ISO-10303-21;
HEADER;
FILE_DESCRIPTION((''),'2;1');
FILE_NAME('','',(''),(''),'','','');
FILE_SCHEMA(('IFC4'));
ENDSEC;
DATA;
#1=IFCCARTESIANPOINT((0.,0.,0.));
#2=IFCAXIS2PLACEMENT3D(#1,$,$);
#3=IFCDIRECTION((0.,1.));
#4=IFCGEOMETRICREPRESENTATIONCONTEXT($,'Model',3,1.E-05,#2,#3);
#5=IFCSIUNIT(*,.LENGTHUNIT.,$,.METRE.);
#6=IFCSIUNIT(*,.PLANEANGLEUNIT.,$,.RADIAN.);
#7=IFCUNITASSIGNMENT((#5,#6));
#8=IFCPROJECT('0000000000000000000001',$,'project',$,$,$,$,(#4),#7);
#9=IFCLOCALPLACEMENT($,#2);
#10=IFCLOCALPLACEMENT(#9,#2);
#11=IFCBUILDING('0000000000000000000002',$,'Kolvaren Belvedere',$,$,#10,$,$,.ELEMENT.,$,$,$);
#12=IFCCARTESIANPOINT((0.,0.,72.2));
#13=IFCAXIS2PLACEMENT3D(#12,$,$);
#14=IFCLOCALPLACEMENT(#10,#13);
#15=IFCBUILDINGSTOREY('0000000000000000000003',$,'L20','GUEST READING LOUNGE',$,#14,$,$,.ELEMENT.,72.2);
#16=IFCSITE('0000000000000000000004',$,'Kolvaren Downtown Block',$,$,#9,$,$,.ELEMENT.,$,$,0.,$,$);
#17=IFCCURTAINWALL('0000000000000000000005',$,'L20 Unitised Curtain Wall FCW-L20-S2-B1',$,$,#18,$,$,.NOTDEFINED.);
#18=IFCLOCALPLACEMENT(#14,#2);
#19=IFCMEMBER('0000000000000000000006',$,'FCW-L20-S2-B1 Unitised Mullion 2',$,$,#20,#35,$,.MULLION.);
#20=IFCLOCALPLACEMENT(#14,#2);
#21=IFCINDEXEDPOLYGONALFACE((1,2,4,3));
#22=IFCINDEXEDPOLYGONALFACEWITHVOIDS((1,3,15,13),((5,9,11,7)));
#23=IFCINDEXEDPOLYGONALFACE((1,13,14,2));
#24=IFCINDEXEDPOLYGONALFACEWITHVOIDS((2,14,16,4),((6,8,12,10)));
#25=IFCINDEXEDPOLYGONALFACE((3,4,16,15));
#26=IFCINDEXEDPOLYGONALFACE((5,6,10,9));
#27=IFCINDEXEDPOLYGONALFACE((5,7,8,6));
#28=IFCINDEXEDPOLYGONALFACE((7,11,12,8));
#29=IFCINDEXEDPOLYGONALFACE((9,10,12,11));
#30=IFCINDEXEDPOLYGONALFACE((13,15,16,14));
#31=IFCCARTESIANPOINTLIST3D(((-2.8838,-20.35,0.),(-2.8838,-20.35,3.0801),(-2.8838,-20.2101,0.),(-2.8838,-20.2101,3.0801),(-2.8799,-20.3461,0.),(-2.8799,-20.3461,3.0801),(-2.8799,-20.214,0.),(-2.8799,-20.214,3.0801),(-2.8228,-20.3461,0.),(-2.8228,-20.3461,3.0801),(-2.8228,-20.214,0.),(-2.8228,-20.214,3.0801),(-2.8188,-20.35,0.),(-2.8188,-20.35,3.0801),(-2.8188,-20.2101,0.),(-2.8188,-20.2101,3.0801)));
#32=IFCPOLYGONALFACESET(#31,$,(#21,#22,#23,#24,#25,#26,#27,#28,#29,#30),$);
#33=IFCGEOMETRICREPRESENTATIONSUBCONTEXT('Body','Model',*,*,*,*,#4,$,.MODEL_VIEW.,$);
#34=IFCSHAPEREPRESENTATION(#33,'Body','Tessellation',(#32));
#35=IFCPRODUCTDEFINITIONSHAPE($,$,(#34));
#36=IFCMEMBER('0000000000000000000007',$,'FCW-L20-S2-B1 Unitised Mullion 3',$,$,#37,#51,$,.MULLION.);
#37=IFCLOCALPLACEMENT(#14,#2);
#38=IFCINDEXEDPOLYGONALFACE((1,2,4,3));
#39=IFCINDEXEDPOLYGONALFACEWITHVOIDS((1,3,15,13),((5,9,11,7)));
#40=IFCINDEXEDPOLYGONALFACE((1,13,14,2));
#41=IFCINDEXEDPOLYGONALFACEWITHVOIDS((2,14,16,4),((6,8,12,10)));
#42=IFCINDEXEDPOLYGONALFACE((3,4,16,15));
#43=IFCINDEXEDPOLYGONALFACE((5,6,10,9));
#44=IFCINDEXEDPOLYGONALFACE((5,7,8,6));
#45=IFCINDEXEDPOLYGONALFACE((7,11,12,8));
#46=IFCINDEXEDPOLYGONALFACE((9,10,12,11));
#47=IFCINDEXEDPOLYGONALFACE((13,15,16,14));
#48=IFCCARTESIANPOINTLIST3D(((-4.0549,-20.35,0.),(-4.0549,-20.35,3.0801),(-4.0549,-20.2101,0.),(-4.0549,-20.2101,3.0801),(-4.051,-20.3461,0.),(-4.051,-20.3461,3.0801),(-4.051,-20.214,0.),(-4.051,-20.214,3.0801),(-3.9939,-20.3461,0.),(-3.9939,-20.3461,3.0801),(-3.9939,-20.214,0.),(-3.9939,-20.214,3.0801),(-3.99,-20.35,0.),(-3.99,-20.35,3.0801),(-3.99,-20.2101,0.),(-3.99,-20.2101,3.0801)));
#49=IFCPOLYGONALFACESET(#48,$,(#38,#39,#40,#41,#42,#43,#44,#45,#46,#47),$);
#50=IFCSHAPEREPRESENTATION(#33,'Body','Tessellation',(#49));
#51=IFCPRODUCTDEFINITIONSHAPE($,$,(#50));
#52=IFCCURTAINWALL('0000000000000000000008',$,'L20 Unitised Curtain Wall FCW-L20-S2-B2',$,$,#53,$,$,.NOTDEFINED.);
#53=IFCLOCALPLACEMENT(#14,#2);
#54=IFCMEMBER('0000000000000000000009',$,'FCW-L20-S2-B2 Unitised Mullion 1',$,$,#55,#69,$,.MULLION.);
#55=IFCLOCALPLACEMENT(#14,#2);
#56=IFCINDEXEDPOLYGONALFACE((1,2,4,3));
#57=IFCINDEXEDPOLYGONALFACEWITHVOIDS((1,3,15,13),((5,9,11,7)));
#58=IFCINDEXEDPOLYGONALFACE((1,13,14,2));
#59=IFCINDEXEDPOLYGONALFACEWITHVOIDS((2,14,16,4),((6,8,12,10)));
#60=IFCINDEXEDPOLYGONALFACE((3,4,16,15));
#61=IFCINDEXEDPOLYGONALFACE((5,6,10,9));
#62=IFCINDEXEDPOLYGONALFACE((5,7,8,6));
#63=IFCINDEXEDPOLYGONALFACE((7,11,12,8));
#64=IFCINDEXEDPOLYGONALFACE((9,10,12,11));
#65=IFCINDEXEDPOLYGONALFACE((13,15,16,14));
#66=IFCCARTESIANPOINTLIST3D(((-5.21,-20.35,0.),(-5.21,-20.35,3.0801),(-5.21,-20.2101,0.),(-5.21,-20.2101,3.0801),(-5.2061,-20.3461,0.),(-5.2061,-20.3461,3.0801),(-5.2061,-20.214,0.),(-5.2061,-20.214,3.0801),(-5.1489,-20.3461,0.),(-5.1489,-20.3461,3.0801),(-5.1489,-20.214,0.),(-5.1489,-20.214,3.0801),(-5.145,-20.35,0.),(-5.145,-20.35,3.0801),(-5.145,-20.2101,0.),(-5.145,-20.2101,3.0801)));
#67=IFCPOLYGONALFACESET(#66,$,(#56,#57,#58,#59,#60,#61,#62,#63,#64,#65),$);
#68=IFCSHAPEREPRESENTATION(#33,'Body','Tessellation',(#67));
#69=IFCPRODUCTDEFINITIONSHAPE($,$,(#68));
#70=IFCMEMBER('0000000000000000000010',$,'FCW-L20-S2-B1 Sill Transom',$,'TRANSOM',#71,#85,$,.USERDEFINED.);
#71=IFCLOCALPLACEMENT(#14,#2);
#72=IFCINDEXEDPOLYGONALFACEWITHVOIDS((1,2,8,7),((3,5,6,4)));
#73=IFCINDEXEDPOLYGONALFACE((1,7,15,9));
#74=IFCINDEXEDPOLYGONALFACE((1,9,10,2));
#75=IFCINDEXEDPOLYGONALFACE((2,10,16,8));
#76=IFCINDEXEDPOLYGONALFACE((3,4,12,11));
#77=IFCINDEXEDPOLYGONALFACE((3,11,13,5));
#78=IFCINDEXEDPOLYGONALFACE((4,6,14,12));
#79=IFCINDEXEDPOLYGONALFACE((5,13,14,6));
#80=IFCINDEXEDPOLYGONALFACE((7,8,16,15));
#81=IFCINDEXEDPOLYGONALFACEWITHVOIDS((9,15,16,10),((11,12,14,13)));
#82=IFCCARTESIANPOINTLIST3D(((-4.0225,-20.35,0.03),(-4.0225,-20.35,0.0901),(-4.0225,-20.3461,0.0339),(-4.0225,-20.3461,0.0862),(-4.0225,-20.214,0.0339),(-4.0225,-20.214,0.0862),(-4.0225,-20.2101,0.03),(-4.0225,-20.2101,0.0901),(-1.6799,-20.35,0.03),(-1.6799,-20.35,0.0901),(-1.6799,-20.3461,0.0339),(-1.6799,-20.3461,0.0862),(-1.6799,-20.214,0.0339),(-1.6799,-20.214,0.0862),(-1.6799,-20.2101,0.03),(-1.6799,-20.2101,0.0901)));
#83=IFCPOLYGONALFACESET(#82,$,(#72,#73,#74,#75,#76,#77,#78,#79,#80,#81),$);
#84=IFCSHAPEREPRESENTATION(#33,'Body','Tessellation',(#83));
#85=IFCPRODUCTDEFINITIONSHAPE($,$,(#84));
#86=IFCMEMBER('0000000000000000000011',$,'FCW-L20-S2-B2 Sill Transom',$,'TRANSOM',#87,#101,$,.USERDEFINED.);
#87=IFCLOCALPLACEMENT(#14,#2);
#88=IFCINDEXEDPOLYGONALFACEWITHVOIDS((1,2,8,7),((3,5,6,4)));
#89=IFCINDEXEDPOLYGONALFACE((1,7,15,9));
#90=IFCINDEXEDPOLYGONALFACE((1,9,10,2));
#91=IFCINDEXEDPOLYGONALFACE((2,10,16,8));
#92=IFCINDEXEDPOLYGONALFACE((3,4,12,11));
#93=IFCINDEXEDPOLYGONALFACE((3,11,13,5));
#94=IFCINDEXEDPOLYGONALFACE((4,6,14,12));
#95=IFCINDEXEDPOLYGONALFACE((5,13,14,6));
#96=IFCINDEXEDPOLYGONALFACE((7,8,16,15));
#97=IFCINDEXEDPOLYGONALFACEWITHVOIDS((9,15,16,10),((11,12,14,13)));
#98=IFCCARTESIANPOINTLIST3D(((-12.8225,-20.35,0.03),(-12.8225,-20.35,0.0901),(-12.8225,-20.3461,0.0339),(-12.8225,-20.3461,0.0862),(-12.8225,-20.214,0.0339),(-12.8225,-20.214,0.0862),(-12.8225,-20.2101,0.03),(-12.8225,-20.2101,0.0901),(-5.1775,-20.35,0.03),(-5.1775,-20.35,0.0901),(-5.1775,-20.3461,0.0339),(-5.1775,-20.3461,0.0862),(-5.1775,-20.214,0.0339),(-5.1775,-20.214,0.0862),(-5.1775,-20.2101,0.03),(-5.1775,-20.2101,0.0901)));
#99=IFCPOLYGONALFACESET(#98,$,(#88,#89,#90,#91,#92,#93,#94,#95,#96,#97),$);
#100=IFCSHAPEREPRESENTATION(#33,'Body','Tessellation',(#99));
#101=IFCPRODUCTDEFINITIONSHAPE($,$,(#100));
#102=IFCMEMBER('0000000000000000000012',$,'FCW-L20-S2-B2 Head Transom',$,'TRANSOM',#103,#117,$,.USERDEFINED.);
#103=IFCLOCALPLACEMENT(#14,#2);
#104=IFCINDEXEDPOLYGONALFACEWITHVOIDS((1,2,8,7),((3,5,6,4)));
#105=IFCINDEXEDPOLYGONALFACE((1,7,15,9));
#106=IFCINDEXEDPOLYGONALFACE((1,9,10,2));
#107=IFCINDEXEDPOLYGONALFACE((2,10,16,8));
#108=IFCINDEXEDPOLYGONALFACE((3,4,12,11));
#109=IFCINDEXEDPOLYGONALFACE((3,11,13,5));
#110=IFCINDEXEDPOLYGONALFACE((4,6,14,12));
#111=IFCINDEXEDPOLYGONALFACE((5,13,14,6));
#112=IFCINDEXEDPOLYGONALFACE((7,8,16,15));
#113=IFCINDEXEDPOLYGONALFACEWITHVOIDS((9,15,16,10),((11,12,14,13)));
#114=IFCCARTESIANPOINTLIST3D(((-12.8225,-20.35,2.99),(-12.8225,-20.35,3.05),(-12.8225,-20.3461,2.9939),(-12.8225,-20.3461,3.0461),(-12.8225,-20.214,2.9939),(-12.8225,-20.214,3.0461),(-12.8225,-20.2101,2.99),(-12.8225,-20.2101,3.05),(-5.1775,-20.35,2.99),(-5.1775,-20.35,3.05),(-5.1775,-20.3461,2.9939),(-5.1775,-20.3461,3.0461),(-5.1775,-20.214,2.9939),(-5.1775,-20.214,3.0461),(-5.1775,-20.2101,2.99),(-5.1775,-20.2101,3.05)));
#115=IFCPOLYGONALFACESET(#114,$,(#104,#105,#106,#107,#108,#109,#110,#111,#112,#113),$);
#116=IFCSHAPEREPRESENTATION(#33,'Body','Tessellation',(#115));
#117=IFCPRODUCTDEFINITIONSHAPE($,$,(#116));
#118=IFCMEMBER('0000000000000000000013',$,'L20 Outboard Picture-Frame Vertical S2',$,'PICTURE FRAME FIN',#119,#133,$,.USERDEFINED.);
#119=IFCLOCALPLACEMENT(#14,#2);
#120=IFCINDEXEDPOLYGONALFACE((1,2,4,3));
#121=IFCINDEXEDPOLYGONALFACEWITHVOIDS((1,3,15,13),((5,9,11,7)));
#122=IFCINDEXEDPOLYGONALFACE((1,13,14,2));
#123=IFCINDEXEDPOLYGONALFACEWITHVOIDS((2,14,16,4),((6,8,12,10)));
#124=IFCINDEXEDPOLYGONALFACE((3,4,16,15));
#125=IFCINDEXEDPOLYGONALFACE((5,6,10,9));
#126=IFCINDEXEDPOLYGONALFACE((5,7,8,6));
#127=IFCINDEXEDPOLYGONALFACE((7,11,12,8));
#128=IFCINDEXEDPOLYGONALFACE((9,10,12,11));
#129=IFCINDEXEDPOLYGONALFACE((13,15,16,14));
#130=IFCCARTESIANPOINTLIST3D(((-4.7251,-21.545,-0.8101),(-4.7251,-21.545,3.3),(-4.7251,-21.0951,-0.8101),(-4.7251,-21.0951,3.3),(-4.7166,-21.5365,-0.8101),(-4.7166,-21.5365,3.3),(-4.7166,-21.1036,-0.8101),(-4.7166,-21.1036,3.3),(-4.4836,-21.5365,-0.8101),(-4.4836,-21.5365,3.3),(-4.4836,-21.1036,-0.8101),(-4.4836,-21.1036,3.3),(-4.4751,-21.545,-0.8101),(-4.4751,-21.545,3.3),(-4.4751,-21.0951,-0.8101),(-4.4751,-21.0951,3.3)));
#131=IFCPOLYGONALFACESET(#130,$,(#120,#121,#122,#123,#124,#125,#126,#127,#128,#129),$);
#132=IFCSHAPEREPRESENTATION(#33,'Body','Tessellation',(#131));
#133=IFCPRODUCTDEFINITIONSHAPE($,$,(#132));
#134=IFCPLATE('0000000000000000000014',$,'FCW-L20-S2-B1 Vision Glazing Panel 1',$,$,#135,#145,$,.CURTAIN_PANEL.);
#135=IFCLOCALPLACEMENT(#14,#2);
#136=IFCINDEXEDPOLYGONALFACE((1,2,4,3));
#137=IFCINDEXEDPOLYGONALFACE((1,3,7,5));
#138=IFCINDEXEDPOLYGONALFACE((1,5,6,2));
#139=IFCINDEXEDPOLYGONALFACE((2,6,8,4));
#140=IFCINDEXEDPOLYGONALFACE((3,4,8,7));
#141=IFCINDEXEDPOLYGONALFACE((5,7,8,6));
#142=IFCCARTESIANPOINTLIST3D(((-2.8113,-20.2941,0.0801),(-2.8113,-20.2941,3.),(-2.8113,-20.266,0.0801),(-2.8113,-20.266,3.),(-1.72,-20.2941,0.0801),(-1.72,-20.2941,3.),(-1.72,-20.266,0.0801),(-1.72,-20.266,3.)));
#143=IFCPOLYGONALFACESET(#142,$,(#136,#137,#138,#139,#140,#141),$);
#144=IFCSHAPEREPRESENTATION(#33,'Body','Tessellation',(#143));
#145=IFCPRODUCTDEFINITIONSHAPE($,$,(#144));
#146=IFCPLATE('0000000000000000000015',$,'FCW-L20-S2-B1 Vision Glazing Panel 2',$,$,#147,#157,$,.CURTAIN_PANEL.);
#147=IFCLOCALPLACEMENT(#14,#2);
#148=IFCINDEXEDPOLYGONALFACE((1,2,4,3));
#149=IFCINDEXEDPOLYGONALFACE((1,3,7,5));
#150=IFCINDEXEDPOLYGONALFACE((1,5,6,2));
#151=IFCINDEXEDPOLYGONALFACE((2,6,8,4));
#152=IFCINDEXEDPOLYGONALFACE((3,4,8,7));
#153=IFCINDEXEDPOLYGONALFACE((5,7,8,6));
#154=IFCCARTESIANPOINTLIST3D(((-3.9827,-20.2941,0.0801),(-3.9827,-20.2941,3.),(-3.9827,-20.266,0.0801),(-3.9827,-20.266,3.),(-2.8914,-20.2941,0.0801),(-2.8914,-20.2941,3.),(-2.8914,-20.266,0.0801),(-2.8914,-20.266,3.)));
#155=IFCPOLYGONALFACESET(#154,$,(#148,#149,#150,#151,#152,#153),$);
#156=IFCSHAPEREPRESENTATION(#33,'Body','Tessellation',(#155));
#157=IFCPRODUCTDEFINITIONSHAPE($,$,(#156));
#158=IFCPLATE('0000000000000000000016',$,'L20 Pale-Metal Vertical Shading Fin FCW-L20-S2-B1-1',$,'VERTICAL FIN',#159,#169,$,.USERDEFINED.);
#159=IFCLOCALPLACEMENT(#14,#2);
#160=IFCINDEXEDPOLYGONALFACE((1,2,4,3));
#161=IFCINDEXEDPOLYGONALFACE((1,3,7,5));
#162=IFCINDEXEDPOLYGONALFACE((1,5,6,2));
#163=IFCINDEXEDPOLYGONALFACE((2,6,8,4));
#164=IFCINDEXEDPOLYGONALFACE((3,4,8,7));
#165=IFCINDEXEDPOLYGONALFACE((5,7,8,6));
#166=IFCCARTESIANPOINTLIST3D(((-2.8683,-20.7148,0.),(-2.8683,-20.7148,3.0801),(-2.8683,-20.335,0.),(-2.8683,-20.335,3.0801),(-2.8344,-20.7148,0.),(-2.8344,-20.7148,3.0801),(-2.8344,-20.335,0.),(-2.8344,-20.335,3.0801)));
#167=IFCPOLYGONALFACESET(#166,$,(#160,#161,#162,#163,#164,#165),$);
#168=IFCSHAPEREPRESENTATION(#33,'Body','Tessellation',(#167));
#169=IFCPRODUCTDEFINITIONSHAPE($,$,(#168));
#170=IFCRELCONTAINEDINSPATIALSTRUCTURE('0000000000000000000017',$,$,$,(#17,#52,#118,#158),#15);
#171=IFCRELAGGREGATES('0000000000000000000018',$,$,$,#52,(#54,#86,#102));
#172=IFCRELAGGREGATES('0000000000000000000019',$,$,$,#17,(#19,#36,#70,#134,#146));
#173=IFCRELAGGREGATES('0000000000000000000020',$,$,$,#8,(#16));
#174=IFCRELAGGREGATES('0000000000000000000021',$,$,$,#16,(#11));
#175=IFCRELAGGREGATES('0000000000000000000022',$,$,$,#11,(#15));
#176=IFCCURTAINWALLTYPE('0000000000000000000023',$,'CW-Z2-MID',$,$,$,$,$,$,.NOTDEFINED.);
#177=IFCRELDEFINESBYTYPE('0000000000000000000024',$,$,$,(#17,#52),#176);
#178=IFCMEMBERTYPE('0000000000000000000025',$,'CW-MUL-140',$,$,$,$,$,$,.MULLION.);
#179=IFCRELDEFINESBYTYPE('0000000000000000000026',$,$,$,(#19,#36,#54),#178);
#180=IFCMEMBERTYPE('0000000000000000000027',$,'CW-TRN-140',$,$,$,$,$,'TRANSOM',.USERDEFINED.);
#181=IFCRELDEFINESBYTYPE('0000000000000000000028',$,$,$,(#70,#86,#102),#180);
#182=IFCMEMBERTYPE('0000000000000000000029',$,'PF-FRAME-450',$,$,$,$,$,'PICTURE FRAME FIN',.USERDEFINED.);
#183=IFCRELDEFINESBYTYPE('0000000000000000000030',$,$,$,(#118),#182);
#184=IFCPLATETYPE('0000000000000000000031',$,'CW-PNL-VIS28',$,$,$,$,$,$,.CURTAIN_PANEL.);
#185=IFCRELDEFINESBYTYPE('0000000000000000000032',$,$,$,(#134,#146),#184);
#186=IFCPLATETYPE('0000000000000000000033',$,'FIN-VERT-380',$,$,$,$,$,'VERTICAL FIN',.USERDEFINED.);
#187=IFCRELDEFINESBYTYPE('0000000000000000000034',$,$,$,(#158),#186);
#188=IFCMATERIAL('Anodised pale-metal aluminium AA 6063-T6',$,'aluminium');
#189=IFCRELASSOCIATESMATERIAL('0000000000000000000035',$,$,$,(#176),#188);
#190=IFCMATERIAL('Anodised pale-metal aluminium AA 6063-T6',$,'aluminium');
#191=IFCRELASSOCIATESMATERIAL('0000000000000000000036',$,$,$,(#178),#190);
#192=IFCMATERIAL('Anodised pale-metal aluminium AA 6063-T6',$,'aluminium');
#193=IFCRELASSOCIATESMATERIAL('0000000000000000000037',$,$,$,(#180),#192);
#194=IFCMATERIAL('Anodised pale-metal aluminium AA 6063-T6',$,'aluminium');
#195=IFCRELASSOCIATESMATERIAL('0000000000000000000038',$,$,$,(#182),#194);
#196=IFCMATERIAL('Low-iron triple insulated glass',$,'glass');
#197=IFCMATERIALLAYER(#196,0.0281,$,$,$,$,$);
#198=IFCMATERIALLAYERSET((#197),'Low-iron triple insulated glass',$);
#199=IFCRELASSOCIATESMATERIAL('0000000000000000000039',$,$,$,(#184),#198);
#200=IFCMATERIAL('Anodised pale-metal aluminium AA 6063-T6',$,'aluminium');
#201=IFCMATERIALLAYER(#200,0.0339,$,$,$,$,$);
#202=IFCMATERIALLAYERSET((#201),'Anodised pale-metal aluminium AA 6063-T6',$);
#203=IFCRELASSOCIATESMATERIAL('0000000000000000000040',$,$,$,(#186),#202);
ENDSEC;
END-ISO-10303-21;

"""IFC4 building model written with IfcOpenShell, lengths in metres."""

from ifc_helpers import new_model, si_unit, direction, frame, origin, origin_2d, place, context, subcontext, project, spatial, rectangle, hollow_rectangle, extrude, material, layer, layer_set, material_profile, profile_set, type_object, element, aggregate, save


model = new_model("IFC4")

# Units and contexts
model_context = context("Model", 3, precision=1e-05, world=origin(), true_north=direction((0.0, 1.0)))
body_context = subcontext(model_context, "Body", "Model", "MODEL_VIEW")
ifc_project = project(units=[si_unit("LENGTHUNIT", "METRE"), si_unit("PLANEANGLEUNIT", "RADIAN")], contexts=[model_context])

# Site, building, storey
site_placement = place(None, origin())
site = spatial("IfcSite", under=ifc_project, at=site_placement, Name="Kolvaren Downtown Block", CompositionType="ELEMENT", RefElevation=0.0)
building_placement = place(site_placement, origin())
building = spatial("IfcBuilding", under=site, at=building_placement, Name="Kolvaren Belvedere", CompositionType="ELEMENT")
storey_placement = place(building_placement, frame((0.0, 0.0, 72.2)))
storey = spatial("IfcBuildingStorey", under=building, at=storey_placement, Name="L20", Description="GUEST READING LOUNGE", CompositionType="ELEMENT", Elevation=72.2)

# Curtain wall, members
ifc_material_1 = material(Name="Anodised pale-metal aluminium AA 6063-T6", Category="aluminium")
curtain_wall_type = type_object("IfcCurtainWallType", Name="CW-Z2-MID", PredefinedType="NOTDEFINED", material=ifc_material_1)
curtain_wall_1_placement = place(storey_placement, origin())
curtain_wall_1 = element("IfcCurtainWall", 1, at=curtain_wall_1_placement, inside=storey, type_object=curtain_wall_type, Name="L20 Unitised Curtain Wall FCW-L20-S2-B1", PredefinedType="NOTDEFINED")
ifc_material_2 = material(Name="Anodised pale-metal aluminium AA 6063-T6", Category="aluminium")
ifc_material_profile_1 = material_profile(ifc_material_2, hollow_rectangle(XDim=0.0649, YDim=0.1399, WallThickness=0.0039, at=origin_2d()), Name="ALU-MUL-140X65")
ifc_profile_set_1 = profile_set([ifc_material_profile_1], Name="Anodised pale-metal aluminium AA 6063-T6")
member_type_1 = type_object("IfcMemberType", Name="CW-MUL-140", PredefinedType="MULLION", material=ifc_profile_set_1)
member_1_placement = place(storey_placement, frame((-2.8513, -20.28, 0.0), z_axis=(0.0, 0.0, 1.0), x_axis=(1.0, 0.0, 0.0)))
member_1 = element("IfcMember", 2, at=member_1_placement, type_object=member_type_1, Name="FCW-L20-S2-B1 Unitised Mullion 2", PredefinedType="MULLION", context=body_context, shape_type="SweptSolid", body=[
    extrude(hollow_rectangle(XDim=0.0649, YDim=0.1399, WallThickness=0.0039, at=origin_2d()), origin(), (0.0, 0.0, 1.0), 3.0801),
])
member_2_placement = place(storey_placement, frame((-4.0225, -20.28, 0.0), z_axis=(0.0, 0.0, 1.0), x_axis=(1.0, 0.0, 0.0)))
member_2 = element("IfcMember", 3, at=member_2_placement, type_object=member_type_1, Name="FCW-L20-S2-B1 Unitised Mullion 3", PredefinedType="MULLION", context=body_context, shape_type="SweptSolid", body=[
    extrude(hollow_rectangle(XDim=0.0649, YDim=0.1399, WallThickness=0.0039, at=origin_2d()), origin(), (0.0, 0.0, 1.0), 3.0801),
])

# Curtain wall, member
curtain_wall_2_placement = place(storey_placement, origin())
curtain_wall_2 = element("IfcCurtainWall", 4, at=curtain_wall_2_placement, inside=storey, type_object=curtain_wall_type, Name="L20 Unitised Curtain Wall FCW-L20-S2-B2", PredefinedType="NOTDEFINED")
member_3_placement = place(storey_placement, frame((-5.1775, -20.28, 0.0), z_axis=(0.0, 0.0, 1.0), x_axis=(1.0, 0.0, 0.0)))
member_3 = element("IfcMember", 5, at=member_3_placement, type_object=member_type_1, Name="FCW-L20-S2-B2 Unitised Mullion 1", PredefinedType="MULLION", context=body_context, shape_type="SweptSolid", body=[
    extrude(hollow_rectangle(XDim=0.0649, YDim=0.1399, WallThickness=0.0039, at=origin_2d()), origin(), (0.0, 0.0, 1.0), 3.0801),
])

# Members
ifc_material_3 = material(Name="Anodised pale-metal aluminium AA 6063-T6", Category="aluminium")
ifc_material_profile_2 = material_profile(ifc_material_3, hollow_rectangle(XDim=0.0601, YDim=0.1399, WallThickness=0.0039, at=origin_2d()), Name="ALU-TRN-140X60")
ifc_profile_set_2 = profile_set([ifc_material_profile_2], Name="Anodised pale-metal aluminium AA 6063-T6")
member_type_2 = type_object("IfcMemberType", Name="CW-TRN-140", ElementType="TRANSOM", PredefinedType="USERDEFINED", material=ifc_profile_set_2)
member_4_placement = place(storey_placement, frame((-1.6799, -20.28, 0.0601), z_axis=(-1.0, 0.0, 0.0), x_axis=(0.0, 0.0, 1.0)))
member_4 = element("IfcMember", 6, at=member_4_placement, type_object=member_type_2, Name="FCW-L20-S2-B1 Sill Transom", ObjectType="TRANSOM", PredefinedType="USERDEFINED", context=body_context, shape_type="SweptSolid", body=[
    extrude(hollow_rectangle(XDim=0.0601, YDim=0.1399, WallThickness=0.0039, at=origin_2d()), origin(), (0.0, 0.0, 1.0), 2.3425),
])
member_5_placement = place(storey_placement, frame((-5.1775, -20.28, 0.0601), z_axis=(-1.0, 0.0, 0.0), x_axis=(0.0, 0.0, 1.0)))
member_5 = element("IfcMember", 7, at=member_5_placement, type_object=member_type_2, Name="FCW-L20-S2-B2 Sill Transom", ObjectType="TRANSOM", PredefinedType="USERDEFINED", context=body_context, shape_type="SweptSolid", body=[
    extrude(hollow_rectangle(XDim=0.0601, YDim=0.1399, WallThickness=0.0039, at=origin_2d()), origin(), (0.0, 0.0, 1.0), 7.645),
])
member_6_placement = place(storey_placement, frame((-5.1775, -20.28, 3.02), z_axis=(-1.0, 0.0, 0.0), x_axis=(0.0, 0.0, 1.0)))
member_6 = element("IfcMember", 8, at=member_6_placement, type_object=member_type_2, Name="FCW-L20-S2-B2 Head Transom", ObjectType="TRANSOM", PredefinedType="USERDEFINED", context=body_context, shape_type="SweptSolid", body=[
    extrude(hollow_rectangle(XDim=0.0601, YDim=0.1399, WallThickness=0.0039, at=origin_2d()), origin(), (0.0, 0.0, 1.0), 7.645),
])
aggregate(curtain_wall_2, [member_3, member_5, member_6])
ifc_material_4 = material(Name="Anodised pale-metal aluminium AA 6063-T6", Category="aluminium")
ifc_material_profile_3 = material_profile(ifc_material_4, hollow_rectangle(XDim=0.25, YDim=0.45, WallThickness=0.0085, at=origin_2d()), Name="ALU-PF-450X250")
ifc_profile_set_3 = profile_set([ifc_material_profile_3], Name="Anodised pale-metal aluminium AA 6063-T6")
member_type_3 = type_object("IfcMemberType", Name="PF-FRAME-450", ElementType="PICTURE FRAME FIN", PredefinedType="USERDEFINED", material=ifc_profile_set_3)
member_7_placement = place(storey_placement, frame((-4.6001, -21.3201, -0.8101), z_axis=(0.0, 0.0, 1.0), x_axis=(1.0, 0.0, 0.0)))
element("IfcMember", 9, at=member_7_placement, inside=storey, type_object=member_type_3, Name="L20 Outboard Picture-Frame Vertical S2", ObjectType="PICTURE FRAME FIN", PredefinedType="USERDEFINED", context=body_context, shape_type="SweptSolid", body=[
    extrude(hollow_rectangle(XDim=0.25, YDim=0.45, WallThickness=0.0085, at=origin_2d()), origin(), (0.0, 0.0, 1.0), 4.1101),
])

# Plates
ifc_material_5 = material(Name="Low-iron triple insulated glass", Category="glass")
ifc_layer_1 = layer(ifc_material_5, 0.0281)
ifc_layer_set_1 = layer_set([ifc_layer_1], Name="Low-iron triple insulated glass")
plate_type_1 = type_object("IfcPlateType", Name="CW-PNL-VIS28", PredefinedType="CURTAIN_PANEL", material=ifc_layer_set_1)
plate_1_placement = place(storey_placement, frame((-2.2656, -20.28, 0.0801), z_axis=(0.0, 0.0, 1.0), x_axis=(-1.0, 0.0, 0.0)))
plate_1 = element("IfcPlate", 10, at=plate_1_placement, type_object=plate_type_1, Name="FCW-L20-S2-B1 Vision Glazing Panel 1", PredefinedType="CURTAIN_PANEL", context=body_context, shape_type="SweptSolid", body=[
    extrude(rectangle(XDim=1.0913, YDim=0.0281, at=origin_2d()), origin(), (0.0, 0.0, 1.0), 2.9199),
])
plate_2_placement = place(storey_placement, frame((-3.437, -20.28, 0.0801), z_axis=(0.0, 0.0, 1.0), x_axis=(-1.0, 0.0, 0.0)))
plate_2 = element("IfcPlate", 11, at=plate_2_placement, type_object=plate_type_1, Name="FCW-L20-S2-B1 Vision Glazing Panel 2", PredefinedType="CURTAIN_PANEL", context=body_context, shape_type="SweptSolid", body=[
    extrude(rectangle(XDim=1.0913, YDim=0.0281, at=origin_2d()), origin(), (0.0, 0.0, 1.0), 2.9199),
])
aggregate(curtain_wall_1, [member_1, member_2, member_4, plate_1, plate_2])
ifc_material_6 = material(Name="Anodised pale-metal aluminium AA 6063-T6", Category="aluminium")
ifc_layer_2 = layer(ifc_material_6, 0.0339)
ifc_layer_set_2 = layer_set([ifc_layer_2], Name="Anodised pale-metal aluminium AA 6063-T6")
plate_type_2 = type_object("IfcPlateType", Name="FIN-VERT-380", ElementType="VERTICAL FIN", PredefinedType="USERDEFINED", material=ifc_layer_set_2)
plate_3_placement = place(storey_placement, frame((-2.8513, -20.5249, 0.0), z_axis=(0.0, 0.0, 1.0), x_axis=(0.0, 1.0, 0.0)))
element("IfcPlate", 12, at=plate_3_placement, inside=storey, type_object=plate_type_2, Name="L20 Pale-Metal Vertical Shading Fin FCW-L20-S2-B1-1", ObjectType="VERTICAL FIN", PredefinedType="USERDEFINED", context=body_context, shape_type="SweptSolid", body=[
    extrude(rectangle(XDim=0.3799, YDim=0.0339, at=origin_2d()), origin(), (0.0, 0.0, 1.0), 3.0801),
])

save(model, "model.ifc")
